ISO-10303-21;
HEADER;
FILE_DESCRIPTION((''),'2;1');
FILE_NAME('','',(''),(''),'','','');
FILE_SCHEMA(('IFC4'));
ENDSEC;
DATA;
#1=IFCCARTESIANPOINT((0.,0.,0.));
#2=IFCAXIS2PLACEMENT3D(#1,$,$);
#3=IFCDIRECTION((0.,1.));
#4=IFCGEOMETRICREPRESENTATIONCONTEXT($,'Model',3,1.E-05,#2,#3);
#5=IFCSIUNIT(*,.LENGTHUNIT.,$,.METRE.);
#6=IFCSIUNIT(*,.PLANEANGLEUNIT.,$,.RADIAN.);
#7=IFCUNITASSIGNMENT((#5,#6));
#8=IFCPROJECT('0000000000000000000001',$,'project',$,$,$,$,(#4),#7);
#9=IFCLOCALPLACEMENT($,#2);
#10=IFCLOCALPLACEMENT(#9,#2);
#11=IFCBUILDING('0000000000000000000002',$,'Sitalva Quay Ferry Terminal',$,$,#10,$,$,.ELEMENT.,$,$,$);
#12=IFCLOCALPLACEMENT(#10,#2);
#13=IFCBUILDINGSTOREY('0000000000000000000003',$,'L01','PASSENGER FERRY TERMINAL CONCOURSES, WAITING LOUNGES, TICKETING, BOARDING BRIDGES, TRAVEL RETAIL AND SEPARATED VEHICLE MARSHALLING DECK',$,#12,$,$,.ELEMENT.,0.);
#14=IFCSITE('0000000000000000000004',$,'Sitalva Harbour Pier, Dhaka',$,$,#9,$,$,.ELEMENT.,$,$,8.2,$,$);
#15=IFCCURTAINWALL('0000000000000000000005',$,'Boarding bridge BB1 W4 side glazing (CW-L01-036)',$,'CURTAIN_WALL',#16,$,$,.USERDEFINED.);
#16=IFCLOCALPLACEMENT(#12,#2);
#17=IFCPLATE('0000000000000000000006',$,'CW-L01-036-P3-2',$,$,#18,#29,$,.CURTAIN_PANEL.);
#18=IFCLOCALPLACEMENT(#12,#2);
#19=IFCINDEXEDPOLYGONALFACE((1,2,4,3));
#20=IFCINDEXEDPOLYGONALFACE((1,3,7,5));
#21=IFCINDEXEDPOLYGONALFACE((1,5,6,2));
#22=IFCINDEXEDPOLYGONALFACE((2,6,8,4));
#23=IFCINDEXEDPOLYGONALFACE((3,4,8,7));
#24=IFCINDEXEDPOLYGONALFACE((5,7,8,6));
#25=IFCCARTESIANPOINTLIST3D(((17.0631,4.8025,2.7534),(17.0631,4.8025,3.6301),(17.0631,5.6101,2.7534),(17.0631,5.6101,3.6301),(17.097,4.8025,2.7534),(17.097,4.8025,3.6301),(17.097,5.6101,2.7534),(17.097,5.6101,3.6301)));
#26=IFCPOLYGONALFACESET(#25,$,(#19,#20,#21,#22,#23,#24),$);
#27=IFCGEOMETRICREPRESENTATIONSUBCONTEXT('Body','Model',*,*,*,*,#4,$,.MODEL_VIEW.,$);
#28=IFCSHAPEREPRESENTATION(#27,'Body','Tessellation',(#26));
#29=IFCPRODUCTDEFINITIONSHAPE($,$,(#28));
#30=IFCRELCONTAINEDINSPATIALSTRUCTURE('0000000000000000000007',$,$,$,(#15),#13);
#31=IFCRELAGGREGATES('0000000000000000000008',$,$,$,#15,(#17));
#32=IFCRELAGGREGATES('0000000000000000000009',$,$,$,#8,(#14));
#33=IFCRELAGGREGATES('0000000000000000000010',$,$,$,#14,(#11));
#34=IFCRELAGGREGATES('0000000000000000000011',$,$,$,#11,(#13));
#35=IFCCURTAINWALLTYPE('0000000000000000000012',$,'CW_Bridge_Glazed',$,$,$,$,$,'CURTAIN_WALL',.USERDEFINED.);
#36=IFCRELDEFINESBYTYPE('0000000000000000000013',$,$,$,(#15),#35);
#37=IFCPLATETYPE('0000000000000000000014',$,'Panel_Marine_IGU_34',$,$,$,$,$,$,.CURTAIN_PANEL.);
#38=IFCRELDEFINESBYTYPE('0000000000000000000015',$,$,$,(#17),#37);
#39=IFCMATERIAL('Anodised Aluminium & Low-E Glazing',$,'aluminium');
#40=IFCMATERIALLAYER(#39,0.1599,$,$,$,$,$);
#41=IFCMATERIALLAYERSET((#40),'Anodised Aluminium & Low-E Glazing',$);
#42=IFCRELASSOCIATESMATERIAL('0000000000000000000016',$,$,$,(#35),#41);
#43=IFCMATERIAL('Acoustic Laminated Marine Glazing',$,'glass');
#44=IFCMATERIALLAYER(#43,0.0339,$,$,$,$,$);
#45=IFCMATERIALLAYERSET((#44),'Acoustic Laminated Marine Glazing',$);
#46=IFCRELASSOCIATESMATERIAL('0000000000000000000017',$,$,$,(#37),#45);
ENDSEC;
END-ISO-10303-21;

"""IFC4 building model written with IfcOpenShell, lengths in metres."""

from ifc_helpers import new_model, si_unit, direction, frame, origin, origin_2d, place, context, subcontext, project, spatial, rectangle, extrude, material, layer, layer_set, type_object, element, aggregate, save


model = new_model("IFC4")

# Units and contexts
model_context = context("Model", 3, precision=1e-05, world=origin(), true_north=direction((0.0, 1.0)))
body_context = subcontext(model_context, "Body", "Model", "MODEL_VIEW")
ifc_project = project(units=[si_unit("LENGTHUNIT", "METRE"), si_unit("PLANEANGLEUNIT", "RADIAN")], contexts=[model_context])

# Site, building, storey
site_placement = place(None, origin())
site = spatial("IfcSite", under=ifc_project, at=site_placement, Name="Sitalva Harbour Pier, Dhaka", CompositionType="ELEMENT", RefElevation=8.2)
building_placement = place(site_placement, origin())
building = spatial("IfcBuilding", under=site, at=building_placement, Name="Sitalva Quay Ferry Terminal", CompositionType="ELEMENT")
storey_placement = place(building_placement, origin())
storey = spatial("IfcBuildingStorey", under=building, at=storey_placement, Name="L01", Description="PASSENGER FERRY TERMINAL CONCOURSES, WAITING LOUNGES, TICKETING, BOARDING BRIDGES, TRAVEL RETAIL AND SEPARATED VEHICLE MARSHALLING DECK", CompositionType="ELEMENT", Elevation=0.0)

# Curtain wall
ifc_material_1 = material(Name="Anodised Aluminium & Low-E Glazing", Category="aluminium")
ifc_layer_1 = layer(ifc_material_1, 0.1599)
ifc_layer_set_1 = layer_set([ifc_layer_1], Name="Anodised Aluminium & Low-E Glazing")
curtain_wall_type = type_object("IfcCurtainWallType", Name="CW_Bridge_Glazed", ElementType="CURTAIN_WALL", PredefinedType="USERDEFINED", material=ifc_layer_set_1)
curtain_wall_1_placement = place(storey_placement, origin())
curtain_wall_1 = element("IfcCurtainWall", 1, at=curtain_wall_1_placement, inside=storey, type_object=curtain_wall_type, Name="Boarding bridge BB1 W4 side glazing (CW-L01-036)", ObjectType="CURTAIN_WALL", PredefinedType="USERDEFINED")

# Plate
ifc_material_2 = material(Name="Acoustic Laminated Marine Glazing", Category="glass")
ifc_layer_2 = layer(ifc_material_2, 0.0339)
ifc_layer_set_2 = layer_set([ifc_layer_2], Name="Acoustic Laminated Marine Glazing")
plate_type = type_object("IfcPlateType", Name="Panel_Marine_IGU_34", PredefinedType="CURTAIN_PANEL", material=ifc_layer_set_2)
plate_1_placement = place(storey_placement, frame((17.0801, 5.2063, 2.7534), z_axis=(0.0, 0.0, 1.0), x_axis=(0.0, 1.0, 0.0)))
plate_1 = element("IfcPlate", 2, at=plate_1_placement, type_object=plate_type, Name="CW-L01-036-P3-2", PredefinedType="CURTAIN_PANEL", context=body_context, shape_type="SweptSolid", body=[
    extrude(rectangle(XDim=0.8076, YDim=0.0339, at=origin_2d()), origin(), (0.0, 0.0, 1.0), 0.8767),
])
aggregate(curtain_wall_1, [plate_1])

save(model, "model.ifc")
